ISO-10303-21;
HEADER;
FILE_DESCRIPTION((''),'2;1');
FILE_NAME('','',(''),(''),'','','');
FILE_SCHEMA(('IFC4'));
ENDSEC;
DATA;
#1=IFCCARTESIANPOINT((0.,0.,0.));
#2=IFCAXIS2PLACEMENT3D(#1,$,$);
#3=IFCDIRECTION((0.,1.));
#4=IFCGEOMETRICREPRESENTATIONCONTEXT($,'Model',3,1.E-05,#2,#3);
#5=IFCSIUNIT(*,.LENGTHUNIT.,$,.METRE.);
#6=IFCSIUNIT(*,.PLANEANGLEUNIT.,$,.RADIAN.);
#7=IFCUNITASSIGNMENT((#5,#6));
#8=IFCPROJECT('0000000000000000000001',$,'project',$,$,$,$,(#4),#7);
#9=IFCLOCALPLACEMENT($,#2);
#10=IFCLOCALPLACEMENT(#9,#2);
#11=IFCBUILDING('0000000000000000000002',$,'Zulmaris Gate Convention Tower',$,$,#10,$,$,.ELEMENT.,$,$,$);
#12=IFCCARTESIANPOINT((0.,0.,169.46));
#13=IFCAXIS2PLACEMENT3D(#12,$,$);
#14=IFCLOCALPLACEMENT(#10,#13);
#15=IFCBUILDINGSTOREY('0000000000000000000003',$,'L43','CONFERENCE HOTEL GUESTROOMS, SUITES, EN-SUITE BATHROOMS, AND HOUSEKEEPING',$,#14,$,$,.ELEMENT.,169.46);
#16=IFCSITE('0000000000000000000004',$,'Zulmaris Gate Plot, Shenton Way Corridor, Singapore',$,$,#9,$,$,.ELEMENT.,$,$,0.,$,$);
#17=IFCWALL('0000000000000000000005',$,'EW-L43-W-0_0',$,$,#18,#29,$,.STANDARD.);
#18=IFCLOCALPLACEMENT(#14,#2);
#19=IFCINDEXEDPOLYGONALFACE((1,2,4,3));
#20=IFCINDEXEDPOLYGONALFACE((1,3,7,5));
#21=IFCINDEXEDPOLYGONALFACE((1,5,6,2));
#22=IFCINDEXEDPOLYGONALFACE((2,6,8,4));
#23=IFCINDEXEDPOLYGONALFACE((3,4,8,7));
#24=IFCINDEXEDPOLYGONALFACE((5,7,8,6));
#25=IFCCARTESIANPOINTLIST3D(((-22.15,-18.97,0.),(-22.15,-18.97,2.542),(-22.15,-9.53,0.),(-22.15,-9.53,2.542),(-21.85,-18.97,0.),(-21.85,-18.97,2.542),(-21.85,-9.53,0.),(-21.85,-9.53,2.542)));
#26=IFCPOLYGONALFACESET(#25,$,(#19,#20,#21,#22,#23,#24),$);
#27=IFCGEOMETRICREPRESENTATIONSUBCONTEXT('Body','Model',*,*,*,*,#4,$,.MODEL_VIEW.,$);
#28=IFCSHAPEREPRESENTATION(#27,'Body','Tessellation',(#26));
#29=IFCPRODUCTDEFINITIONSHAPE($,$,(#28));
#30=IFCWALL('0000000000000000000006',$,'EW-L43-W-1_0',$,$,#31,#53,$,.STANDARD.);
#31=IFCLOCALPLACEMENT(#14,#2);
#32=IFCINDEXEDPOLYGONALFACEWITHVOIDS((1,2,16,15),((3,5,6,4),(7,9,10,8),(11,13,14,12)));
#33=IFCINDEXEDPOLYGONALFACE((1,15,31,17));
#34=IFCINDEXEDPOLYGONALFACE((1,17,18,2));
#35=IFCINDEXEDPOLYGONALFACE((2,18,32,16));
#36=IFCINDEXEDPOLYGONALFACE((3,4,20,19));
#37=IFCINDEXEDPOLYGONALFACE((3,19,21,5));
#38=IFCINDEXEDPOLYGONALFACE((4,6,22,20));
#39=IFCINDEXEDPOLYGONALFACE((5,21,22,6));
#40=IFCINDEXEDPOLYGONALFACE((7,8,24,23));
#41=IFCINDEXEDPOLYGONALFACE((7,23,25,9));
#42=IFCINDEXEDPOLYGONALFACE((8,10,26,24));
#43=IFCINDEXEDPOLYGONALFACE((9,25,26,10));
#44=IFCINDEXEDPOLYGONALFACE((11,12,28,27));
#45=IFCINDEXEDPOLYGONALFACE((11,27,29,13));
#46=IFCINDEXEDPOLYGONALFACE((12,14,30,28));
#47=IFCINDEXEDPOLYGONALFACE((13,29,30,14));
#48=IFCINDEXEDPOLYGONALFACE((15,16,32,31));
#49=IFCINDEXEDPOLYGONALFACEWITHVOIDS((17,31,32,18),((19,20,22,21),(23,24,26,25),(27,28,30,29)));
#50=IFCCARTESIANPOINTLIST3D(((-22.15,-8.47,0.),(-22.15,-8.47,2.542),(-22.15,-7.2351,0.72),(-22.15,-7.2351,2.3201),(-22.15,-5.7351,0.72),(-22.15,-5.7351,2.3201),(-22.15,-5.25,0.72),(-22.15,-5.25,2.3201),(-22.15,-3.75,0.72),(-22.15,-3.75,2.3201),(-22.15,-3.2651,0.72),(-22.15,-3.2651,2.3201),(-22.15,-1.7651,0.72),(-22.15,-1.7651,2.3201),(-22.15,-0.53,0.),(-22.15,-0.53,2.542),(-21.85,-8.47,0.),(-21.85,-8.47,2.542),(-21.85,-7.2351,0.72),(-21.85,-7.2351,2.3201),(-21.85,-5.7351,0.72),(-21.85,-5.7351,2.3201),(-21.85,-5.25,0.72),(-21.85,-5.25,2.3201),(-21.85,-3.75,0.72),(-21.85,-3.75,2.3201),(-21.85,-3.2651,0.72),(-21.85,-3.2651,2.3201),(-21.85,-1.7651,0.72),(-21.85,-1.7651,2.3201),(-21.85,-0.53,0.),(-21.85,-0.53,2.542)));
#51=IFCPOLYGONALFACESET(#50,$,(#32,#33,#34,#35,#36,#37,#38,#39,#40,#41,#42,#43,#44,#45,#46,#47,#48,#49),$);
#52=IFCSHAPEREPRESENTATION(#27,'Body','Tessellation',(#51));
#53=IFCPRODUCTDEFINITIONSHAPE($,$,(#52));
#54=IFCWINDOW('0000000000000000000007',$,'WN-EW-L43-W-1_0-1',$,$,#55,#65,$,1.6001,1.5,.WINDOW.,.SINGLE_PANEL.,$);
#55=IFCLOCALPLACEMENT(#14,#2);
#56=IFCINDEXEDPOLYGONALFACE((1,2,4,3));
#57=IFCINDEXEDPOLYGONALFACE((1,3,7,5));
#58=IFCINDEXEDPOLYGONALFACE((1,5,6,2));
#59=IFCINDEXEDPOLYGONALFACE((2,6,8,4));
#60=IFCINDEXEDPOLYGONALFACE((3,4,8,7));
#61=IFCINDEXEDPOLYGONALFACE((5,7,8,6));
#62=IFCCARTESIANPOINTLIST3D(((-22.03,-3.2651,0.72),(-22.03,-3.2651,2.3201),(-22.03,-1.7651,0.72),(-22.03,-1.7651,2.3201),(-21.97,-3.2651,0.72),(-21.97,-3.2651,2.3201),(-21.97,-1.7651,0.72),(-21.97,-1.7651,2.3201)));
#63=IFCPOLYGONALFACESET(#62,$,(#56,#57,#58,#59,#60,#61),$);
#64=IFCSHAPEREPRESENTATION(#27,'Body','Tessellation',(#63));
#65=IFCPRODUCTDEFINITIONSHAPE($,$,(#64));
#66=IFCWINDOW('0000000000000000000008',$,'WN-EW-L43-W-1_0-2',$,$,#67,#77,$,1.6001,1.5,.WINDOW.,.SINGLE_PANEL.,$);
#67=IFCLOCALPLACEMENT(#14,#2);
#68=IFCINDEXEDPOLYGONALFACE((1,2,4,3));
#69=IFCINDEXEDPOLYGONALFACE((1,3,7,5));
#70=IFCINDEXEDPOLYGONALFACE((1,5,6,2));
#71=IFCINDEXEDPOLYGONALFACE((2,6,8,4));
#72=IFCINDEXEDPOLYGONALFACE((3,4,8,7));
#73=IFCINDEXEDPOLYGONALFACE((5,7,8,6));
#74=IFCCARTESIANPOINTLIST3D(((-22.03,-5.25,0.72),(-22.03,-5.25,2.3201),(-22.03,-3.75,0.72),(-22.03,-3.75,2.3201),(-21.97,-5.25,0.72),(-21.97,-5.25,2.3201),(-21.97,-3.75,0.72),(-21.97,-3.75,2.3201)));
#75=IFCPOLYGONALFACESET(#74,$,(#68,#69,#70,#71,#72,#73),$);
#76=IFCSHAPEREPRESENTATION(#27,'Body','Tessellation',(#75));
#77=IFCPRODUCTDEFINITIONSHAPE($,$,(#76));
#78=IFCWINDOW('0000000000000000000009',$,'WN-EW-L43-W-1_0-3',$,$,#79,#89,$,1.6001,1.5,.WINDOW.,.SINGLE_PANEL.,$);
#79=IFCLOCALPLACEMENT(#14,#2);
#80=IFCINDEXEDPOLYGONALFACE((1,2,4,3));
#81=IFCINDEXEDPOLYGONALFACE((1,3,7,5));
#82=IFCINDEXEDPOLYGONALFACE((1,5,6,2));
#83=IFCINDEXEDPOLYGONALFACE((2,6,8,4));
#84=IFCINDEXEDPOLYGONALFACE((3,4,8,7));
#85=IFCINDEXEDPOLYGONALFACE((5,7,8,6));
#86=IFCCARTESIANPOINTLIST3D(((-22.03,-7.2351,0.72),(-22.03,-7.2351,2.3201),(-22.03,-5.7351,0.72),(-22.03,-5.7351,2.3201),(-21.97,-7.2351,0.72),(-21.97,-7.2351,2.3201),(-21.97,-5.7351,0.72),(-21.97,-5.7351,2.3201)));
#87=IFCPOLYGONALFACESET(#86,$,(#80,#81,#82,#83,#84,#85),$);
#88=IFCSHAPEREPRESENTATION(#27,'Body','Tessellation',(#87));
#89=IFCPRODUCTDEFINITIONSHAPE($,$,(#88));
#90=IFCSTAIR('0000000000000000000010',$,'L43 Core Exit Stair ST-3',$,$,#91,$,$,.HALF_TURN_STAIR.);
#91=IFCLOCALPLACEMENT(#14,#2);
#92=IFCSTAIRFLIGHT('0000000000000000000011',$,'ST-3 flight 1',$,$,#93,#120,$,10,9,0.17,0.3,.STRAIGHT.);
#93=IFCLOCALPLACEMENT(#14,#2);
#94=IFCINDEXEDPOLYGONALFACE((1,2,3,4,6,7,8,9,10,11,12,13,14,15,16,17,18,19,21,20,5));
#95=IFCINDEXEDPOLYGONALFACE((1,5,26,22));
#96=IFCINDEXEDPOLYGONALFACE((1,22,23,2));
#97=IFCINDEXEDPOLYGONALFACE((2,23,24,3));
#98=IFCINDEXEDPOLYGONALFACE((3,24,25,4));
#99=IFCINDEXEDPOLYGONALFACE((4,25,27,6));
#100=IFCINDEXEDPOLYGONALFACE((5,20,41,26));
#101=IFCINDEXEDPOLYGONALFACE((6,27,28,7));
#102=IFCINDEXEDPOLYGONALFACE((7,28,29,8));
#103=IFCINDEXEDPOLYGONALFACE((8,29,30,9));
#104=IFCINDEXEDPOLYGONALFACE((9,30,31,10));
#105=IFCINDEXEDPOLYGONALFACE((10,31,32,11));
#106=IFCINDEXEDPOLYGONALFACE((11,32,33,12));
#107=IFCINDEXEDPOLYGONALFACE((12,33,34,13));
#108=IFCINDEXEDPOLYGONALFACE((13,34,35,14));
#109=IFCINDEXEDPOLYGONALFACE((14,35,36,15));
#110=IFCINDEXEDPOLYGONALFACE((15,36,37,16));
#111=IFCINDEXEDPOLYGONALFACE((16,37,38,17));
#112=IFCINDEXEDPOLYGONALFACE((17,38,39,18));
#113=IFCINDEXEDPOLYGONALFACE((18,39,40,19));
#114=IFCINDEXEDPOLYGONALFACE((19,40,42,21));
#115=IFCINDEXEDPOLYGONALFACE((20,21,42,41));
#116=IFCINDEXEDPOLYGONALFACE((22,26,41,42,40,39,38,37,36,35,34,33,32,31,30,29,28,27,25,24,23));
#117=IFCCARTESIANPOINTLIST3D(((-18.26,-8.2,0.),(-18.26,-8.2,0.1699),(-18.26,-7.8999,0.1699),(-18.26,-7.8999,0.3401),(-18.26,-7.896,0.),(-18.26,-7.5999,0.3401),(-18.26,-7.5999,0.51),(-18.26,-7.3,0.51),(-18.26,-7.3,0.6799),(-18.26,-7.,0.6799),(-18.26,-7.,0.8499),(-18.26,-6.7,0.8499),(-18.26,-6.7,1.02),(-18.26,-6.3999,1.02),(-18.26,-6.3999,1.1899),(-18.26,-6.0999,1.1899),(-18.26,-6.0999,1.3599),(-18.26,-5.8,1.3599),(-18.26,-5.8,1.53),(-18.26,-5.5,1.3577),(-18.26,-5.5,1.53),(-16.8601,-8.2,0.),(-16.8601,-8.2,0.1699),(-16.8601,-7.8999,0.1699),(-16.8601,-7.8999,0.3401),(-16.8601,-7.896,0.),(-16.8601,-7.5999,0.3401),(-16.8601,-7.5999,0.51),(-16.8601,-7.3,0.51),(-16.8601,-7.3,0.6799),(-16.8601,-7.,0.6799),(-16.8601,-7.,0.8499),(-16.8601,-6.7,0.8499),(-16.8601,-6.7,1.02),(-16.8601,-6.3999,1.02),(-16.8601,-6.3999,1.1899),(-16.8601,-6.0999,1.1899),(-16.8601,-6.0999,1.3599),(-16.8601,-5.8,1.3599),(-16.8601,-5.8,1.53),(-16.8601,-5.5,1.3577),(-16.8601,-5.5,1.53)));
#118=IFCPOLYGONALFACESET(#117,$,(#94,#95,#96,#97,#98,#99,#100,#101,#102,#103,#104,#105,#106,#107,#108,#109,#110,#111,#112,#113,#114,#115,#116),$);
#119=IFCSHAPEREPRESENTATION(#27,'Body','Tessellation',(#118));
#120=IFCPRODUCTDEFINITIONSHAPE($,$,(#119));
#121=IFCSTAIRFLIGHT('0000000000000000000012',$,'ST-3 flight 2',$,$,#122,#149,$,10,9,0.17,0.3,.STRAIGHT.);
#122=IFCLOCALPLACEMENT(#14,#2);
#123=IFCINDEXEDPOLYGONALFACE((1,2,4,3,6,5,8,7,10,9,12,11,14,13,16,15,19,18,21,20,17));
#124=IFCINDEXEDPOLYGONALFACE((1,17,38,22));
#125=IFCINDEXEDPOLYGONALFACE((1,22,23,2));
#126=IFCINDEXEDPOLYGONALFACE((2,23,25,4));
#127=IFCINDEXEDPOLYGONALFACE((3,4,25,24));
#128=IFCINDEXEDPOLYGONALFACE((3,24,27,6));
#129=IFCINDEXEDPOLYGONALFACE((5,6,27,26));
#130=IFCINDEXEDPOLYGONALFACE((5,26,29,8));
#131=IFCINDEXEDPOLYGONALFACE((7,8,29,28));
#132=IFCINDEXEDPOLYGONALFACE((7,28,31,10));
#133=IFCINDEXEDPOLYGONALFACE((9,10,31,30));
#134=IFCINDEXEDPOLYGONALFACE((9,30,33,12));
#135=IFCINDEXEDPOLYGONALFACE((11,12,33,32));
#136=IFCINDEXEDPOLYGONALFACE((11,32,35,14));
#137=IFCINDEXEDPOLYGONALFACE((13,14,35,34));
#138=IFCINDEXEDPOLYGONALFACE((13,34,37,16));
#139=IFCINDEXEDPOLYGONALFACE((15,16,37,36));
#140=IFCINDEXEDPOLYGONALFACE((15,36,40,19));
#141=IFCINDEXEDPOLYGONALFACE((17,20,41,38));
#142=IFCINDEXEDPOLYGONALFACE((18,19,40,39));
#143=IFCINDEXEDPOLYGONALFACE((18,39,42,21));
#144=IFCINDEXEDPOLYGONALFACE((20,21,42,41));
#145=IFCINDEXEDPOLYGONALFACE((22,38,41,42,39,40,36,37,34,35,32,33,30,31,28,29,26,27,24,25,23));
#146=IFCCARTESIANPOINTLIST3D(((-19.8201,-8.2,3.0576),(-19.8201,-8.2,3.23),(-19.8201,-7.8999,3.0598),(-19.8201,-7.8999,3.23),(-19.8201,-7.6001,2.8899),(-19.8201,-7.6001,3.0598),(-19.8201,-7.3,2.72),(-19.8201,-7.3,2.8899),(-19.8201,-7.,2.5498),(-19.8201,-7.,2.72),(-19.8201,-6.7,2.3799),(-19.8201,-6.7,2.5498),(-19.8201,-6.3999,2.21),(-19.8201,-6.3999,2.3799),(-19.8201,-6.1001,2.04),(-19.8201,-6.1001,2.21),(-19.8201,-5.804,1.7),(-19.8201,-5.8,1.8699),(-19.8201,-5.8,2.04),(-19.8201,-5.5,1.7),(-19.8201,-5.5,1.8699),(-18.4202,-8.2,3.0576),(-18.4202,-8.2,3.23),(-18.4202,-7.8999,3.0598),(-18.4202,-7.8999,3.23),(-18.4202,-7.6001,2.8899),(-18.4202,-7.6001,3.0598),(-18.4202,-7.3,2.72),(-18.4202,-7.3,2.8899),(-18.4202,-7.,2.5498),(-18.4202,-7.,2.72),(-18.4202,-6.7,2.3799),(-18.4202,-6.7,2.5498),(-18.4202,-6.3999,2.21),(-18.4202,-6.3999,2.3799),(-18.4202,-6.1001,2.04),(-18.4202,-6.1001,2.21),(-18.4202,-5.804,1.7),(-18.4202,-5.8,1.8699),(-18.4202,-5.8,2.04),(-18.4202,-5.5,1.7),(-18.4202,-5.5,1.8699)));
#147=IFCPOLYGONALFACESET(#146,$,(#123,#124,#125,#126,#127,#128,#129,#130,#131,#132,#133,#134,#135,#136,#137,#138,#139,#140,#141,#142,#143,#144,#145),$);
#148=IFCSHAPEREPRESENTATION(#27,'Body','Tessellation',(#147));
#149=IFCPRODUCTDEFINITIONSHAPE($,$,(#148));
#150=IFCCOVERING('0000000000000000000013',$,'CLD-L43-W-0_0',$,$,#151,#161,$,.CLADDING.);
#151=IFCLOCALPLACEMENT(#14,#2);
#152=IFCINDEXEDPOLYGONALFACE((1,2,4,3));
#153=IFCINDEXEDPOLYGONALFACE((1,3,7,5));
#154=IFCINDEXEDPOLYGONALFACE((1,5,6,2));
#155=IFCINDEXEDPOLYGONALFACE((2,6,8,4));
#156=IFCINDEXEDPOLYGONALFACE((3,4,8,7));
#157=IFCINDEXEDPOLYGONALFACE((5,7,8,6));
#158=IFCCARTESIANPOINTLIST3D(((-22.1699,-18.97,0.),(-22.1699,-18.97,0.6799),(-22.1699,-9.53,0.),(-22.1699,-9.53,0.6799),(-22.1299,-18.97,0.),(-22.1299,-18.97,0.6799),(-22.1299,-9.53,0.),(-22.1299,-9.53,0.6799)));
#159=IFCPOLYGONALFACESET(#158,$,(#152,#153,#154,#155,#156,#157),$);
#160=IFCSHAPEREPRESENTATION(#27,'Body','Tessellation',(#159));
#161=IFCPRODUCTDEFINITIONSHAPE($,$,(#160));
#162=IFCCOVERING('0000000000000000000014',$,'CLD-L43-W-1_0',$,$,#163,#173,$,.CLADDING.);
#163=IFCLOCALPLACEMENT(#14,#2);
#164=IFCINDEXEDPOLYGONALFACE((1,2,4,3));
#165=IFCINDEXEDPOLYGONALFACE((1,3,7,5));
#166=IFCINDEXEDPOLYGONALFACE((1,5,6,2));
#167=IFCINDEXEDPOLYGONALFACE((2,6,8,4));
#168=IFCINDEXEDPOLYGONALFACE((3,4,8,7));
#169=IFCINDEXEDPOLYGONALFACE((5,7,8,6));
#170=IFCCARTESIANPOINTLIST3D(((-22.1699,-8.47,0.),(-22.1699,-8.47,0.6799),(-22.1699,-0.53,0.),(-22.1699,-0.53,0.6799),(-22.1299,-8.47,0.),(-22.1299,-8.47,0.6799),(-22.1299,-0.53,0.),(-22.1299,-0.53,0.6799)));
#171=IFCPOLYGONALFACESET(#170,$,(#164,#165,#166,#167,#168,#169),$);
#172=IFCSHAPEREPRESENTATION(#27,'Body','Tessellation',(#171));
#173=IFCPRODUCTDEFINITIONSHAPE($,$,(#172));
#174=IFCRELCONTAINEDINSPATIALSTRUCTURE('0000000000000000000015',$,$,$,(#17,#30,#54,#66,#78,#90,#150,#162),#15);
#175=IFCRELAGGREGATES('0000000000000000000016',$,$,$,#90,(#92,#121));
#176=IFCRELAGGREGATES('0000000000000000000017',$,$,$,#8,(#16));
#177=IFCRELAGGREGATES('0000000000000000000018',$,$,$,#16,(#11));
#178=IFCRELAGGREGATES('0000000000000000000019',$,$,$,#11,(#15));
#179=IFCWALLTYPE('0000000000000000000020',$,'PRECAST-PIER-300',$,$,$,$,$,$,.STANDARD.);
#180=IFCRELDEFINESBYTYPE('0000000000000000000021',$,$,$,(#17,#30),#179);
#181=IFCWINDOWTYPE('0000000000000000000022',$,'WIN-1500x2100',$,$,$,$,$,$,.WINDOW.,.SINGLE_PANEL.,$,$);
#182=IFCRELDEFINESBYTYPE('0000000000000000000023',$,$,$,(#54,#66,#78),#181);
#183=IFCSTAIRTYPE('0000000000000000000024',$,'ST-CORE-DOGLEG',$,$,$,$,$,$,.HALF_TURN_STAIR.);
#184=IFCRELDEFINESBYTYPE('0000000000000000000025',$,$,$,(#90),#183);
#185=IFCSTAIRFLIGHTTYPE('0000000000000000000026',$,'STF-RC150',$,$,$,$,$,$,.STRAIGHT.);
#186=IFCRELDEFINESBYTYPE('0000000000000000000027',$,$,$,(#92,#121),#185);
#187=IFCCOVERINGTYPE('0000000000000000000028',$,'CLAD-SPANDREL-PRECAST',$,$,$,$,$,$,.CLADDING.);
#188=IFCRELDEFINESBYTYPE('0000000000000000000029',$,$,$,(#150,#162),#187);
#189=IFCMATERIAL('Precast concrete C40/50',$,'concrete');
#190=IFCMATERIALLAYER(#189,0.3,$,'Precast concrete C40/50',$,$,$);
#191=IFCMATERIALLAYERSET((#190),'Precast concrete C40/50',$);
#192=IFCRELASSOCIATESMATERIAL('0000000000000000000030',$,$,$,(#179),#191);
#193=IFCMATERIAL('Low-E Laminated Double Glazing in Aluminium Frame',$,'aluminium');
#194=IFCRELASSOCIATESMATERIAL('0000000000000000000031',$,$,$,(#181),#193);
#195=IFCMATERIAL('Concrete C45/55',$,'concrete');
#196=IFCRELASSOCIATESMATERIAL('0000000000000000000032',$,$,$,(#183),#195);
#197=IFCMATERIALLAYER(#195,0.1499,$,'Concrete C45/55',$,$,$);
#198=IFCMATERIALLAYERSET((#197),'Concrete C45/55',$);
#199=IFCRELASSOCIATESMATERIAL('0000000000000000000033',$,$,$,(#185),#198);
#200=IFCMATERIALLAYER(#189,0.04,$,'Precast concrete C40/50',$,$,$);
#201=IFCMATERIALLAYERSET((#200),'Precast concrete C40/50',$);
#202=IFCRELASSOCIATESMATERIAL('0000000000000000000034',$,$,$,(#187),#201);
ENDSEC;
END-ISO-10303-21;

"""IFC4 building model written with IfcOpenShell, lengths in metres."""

from ifc_helpers import new_model, si_unit, direction, frame, frame_2d, origin, place, context, subcontext, project, spatial, polyline, rectangle, outline, extrude, material, layer, layer_set, type_object, element, fill, aggregate, save


model = new_model("IFC4")

# Units and contexts
model_context = context("Model", 3, precision=1e-05, world=origin(), true_north=direction((0.0, 1.0)))
body_context = subcontext(model_context, "Body", "Model", "MODEL_VIEW")
ifc_project = project(units=[si_unit("LENGTHUNIT", "METRE"), si_unit("PLANEANGLEUNIT", "RADIAN")], contexts=[model_context])

# Site, building, storey
site_placement = place(None, origin())
site = spatial("IfcSite", under=ifc_project, at=site_placement, Name="Zulmaris Gate Plot, Shenton Way Corridor, Singapore", CompositionType="ELEMENT", RefElevation=0.0)
building_placement = place(site_placement, origin())
building = spatial("IfcBuilding", under=site, at=building_placement, Name="Zulmaris Gate Convention Tower", CompositionType="ELEMENT")
storey_placement = place(building_placement, frame((0.0, 0.0, 169.46)))
storey = spatial("IfcBuildingStorey", under=building, at=storey_placement, Name="L43", Description="CONFERENCE HOTEL GUESTROOMS, SUITES, EN-SUITE BATHROOMS, AND HOUSEKEEPING", CompositionType="ELEMENT", Elevation=169.46)

# Wall
ifc_material_1 = material(Name="Precast concrete C40/50", Category="concrete")
ifc_layer_1 = layer(ifc_material_1, 0.3, Name="Precast concrete C40/50")
ifc_layer_set_1 = layer_set([ifc_layer_1], Name="Precast concrete C40/50")
wall_type_1 = type_object("IfcWallType", Name="PRECAST-PIER-300", PredefinedType="STANDARD", material=ifc_layer_set_1)
wall_1_placement = place(storey_placement, frame((-22.0, -9.53, 0.0), z_axis=(0.0, 0.0, 1.0), x_axis=(0.0, -1.0, 0.0)))
element("IfcWall", 1, at=wall_1_placement, inside=storey, type_object=wall_type_1, Name="EW-L43-W-0_0", PredefinedType="STANDARD", context=body_context, shape_type="SweptSolid", body=[
    extrude(rectangle(XDim=9.4399, YDim=0.3, at=frame_2d((4.72, 0.0))), origin(), (0.0, 0.0, 1.0), 2.542),
])

# Wall, openings, windows
wall_2_placement = place(storey_placement, frame((-22.0, -0.53, 0.0), z_axis=(0.0, 0.0, 1.0), x_axis=(0.0, -1.0, 0.0)))
wall_2 = element("IfcWall", 2, at=wall_2_placement, inside=storey, type_object=wall_type_1, Name="EW-L43-W-1_0", PredefinedType="STANDARD", context=body_context, shape_type="SweptSolid", body=[
    extrude(rectangle(XDim=7.9399, YDim=0.3, at=frame_2d((3.97, 0.0))), origin(), (0.0, 0.0, 1.0), 2.542),
])
opening_1_placement = place(wall_2_placement, frame((1.2351, 0.0, 0.72)))
opening_1 = element("IfcOpeningElement", 3, at=opening_1_placement, cuts=wall_2, PredefinedType="OPENING", context=body_context, shape_type="SweptSolid", body=[
    extrude(rectangle(XDim=1.5, YDim=1.6001, at=frame_2d((0.75, 0.8))), frame((0.0, 0.1602, 0.0), z_axis=(0.0, -1.0, 0.0), x_axis=(1.0, 0.0, 0.0)), (0.0, 0.0, 1.0), 0.3201),
])
opening_2_placement = place(wall_2_placement, frame((3.22, 0.0, 0.72)))
opening_2 = element("IfcOpeningElement", 4, at=opening_2_placement, cuts=wall_2, PredefinedType="OPENING", context=body_context, shape_type="SweptSolid", body=[
    extrude(rectangle(XDim=1.5, YDim=1.6001, at=frame_2d((0.75, 0.8))), frame((0.0, 0.1602, 0.0), z_axis=(0.0, -1.0, 0.0), x_axis=(1.0, 0.0, 0.0)), (0.0, 0.0, 1.0), 0.3201),
])
opening_3_placement = place(wall_2_placement, frame((5.2051, 0.0, 0.72)))
opening_3 = element("IfcOpeningElement", 5, at=opening_3_placement, cuts=wall_2, PredefinedType="OPENING", context=body_context, shape_type="SweptSolid", body=[
    extrude(rectangle(XDim=1.5, YDim=1.6001, at=frame_2d((0.75, 0.8))), frame((0.0, 0.1602, 0.0), z_axis=(0.0, -1.0, 0.0), x_axis=(1.0, 0.0, 0.0)), (0.0, 0.0, 1.0), 0.3201),
])
ifc_material_2 = material(Name="Low-E Laminated Double Glazing in Aluminium Frame", Category="aluminium")
window_type = type_object("IfcWindowType", Name="WIN-1500x2100", PartitioningType="SINGLE_PANEL", PredefinedType="WINDOW", material=ifc_material_2)
window_1_placement = place(opening_1_placement, origin())
window_1 = element("IfcWindow", 6, at=window_1_placement, inside=storey, type_object=window_type, Name="WN-EW-L43-W-1_0-1", OverallHeight=1.6001, OverallWidth=1.5, PartitioningType="SINGLE_PANEL", PredefinedType="WINDOW", context=body_context, shape_type="SweptSolid", body=[
    extrude(rectangle(XDim=1.5, YDim=1.6001, at=frame_2d((0.75, 0.8))), frame((0.0, 0.03, 0.0), z_axis=(0.0, -1.0, 0.0), x_axis=(1.0, 0.0, 0.0)), (0.0, 0.0, 1.0), 0.0601),
])
fill(opening_1, window_1)
window_2_placement = place(opening_2_placement, origin())
window_2 = element("IfcWindow", 7, at=window_2_placement, inside=storey, type_object=window_type, Name="WN-EW-L43-W-1_0-2", OverallHeight=1.6001, OverallWidth=1.5, PartitioningType="SINGLE_PANEL", PredefinedType="WINDOW", context=body_context, shape_type="SweptSolid", body=[
    extrude(rectangle(XDim=1.5, YDim=1.6001, at=frame_2d((0.75, 0.8))), frame((0.0, 0.03, 0.0), z_axis=(0.0, -1.0, 0.0), x_axis=(1.0, 0.0, 0.0)), (0.0, 0.0, 1.0), 0.0601),
])
fill(opening_2, window_2)
window_3_placement = place(opening_3_placement, origin())
window_3 = element("IfcWindow", 8, at=window_3_placement, inside=storey, type_object=window_type, Name="WN-EW-L43-W-1_0-3", OverallHeight=1.6001, OverallWidth=1.5, PartitioningType="SINGLE_PANEL", PredefinedType="WINDOW", context=body_context, shape_type="SweptSolid", body=[
    extrude(rectangle(XDim=1.5, YDim=1.6001, at=frame_2d((0.75, 0.8))), frame((0.0, 0.03, 0.0), z_axis=(0.0, -1.0, 0.0), x_axis=(1.0, 0.0, 0.0)), (0.0, 0.0, 1.0), 0.0601),
])
fill(opening_3, window_3)

# Stair, stair flights
ifc_material_3 = material(Name="Concrete C45/55", Category="concrete")
stair_type = type_object("IfcStairType", Name="ST-CORE-DOGLEG", PredefinedType="HALF_TURN_STAIR", material=ifc_material_3)
stair_placement = place(storey_placement, origin())
stair = element("IfcStair", 9, at=stair_placement, inside=storey, type_object=stair_type, Name="L43 Core Exit Stair ST-3", PredefinedType="HALF_TURN_STAIR")
ifc_layer_2 = layer(ifc_material_3, 0.1499, Name="Concrete C45/55")
ifc_layer_set_2 = layer_set([ifc_layer_2], Name="Concrete C45/55")
stair_flight_type = type_object("IfcStairFlightType", Name="STF-RC150", PredefinedType="STRAIGHT", material=ifc_layer_set_2)
stair_flight_1_placement = place(storey_placement, frame((-17.5601, -8.2, 0.0), z_axis=(0.0, 0.0, 1.0), x_axis=(0.0, 1.0, 0.0)))
stair_flight_1 = element("IfcStairFlight", 10, at=stair_flight_1_placement, type_object=stair_flight_type, Name="ST-3 flight 1", NumberOfRisers=10, NumberOfTreads=9, PredefinedType="STRAIGHT", RiserHeight=0.17, TreadLength=0.3, context=body_context, shape_type="SweptSolid", body=[
    extrude(outline(polyline([(0.0, 0.0), (0.0, 0.1699), (0.3, 0.1699), (0.3, 0.3401), (0.6001, 0.3401), (0.6001, 0.51), (0.8999, 0.51), (0.8999, 0.6799), (1.2, 0.6799), (1.2, 0.8499), (1.5, 0.8499), (1.5, 1.02), (1.8, 1.02), (1.8, 1.1899), (2.1001, 1.1899), (2.1001, 1.3599), (2.3999, 1.3599), (2.3999, 1.53), (2.7, 1.53), (2.7, 1.7), (2.7, 1.3577), (0.304, 0.0), (0.0, 0.0)])), frame((0.0, 0.7, 0.0), z_axis=(0.0, -1.0, 0.0), x_axis=(1.0, 0.0, 0.0)), (0.0, 0.0, 1.0), 1.3999),
])
stair_flight_2_placement = place(storey_placement, frame((-19.1201, -5.5, 1.7), z_axis=(0.0, 0.0, 1.0), x_axis=(0.0, -1.0, 0.0)))
stair_flight_2 = element("IfcStairFlight", 11, at=stair_flight_2_placement, type_object=stair_flight_type, Name="ST-3 flight 2", NumberOfRisers=10, NumberOfTreads=9, PredefinedType="STRAIGHT", RiserHeight=0.17, TreadLength=0.3, context=body_context, shape_type="SweptSolid", body=[
    extrude(outline(polyline([(0.0, 0.0), (0.0, 0.1699), (0.3, 0.1699), (0.3, 0.3401), (0.6001, 0.3401), (0.6001, 0.51), (0.8999, 0.51), (0.8999, 0.6799), (1.2, 0.6799), (1.2, 0.8499), (1.5, 0.8499), (1.5, 1.02), (1.8, 1.02), (1.8, 1.1899), (2.1001, 1.1899), (2.1001, 1.3599), (2.3999, 1.3599), (2.3999, 1.53), (2.7, 1.53), (2.7, 1.7), (2.7, 1.3577), (0.304, 0.0), (0.0, 0.0)])), frame((0.0, 0.7, 0.0), z_axis=(0.0, -1.0, 0.0), x_axis=(1.0, 0.0, 0.0)), (0.0, 0.0, 1.0), 1.3999),
])
aggregate(stair, [stair_flight_1, stair_flight_2])

# Coverings
ifc_layer_3 = layer(ifc_material_1, 0.04, Name="Precast concrete C40/50")
ifc_layer_set_3 = layer_set([ifc_layer_3], Name="Precast concrete C40/50")
covering_type = type_object("IfcCoveringType", Name="CLAD-SPANDREL-PRECAST", PredefinedType="CLADDING", material=ifc_layer_set_3)
covering_1_placement = place(storey_placement, frame((-22.1499, -9.53, 0.0), z_axis=(0.0, 0.0, 1.0), x_axis=(0.0, -1.0, 0.0)))
element("IfcCovering", 12, at=covering_1_placement, inside=storey, type_object=covering_type, Name="CLD-L43-W-0_0", PredefinedType="CLADDING", context=body_context, shape_type="SweptSolid", body=[
    extrude(rectangle(XDim=9.4399, YDim=0.04, at=frame_2d((4.72, 0.0))), origin(), (0.0, 0.0, 1.0), 0.6799),
])
covering_2_placement = place(storey_placement, frame((-22.1499, -0.53, 0.0), z_axis=(0.0, 0.0, 1.0), x_axis=(0.0, -1.0, 0.0)))
element("IfcCovering", 13, at=covering_2_placement, inside=storey, type_object=covering_type, Name="CLD-L43-W-1_0", PredefinedType="CLADDING", context=body_context, shape_type="SweptSolid", body=[
    extrude(rectangle(XDim=7.9399, YDim=0.04, at=frame_2d((3.97, 0.0))), origin(), (0.0, 0.0, 1.0), 0.6799),
])

save(model, "model.ifc")
